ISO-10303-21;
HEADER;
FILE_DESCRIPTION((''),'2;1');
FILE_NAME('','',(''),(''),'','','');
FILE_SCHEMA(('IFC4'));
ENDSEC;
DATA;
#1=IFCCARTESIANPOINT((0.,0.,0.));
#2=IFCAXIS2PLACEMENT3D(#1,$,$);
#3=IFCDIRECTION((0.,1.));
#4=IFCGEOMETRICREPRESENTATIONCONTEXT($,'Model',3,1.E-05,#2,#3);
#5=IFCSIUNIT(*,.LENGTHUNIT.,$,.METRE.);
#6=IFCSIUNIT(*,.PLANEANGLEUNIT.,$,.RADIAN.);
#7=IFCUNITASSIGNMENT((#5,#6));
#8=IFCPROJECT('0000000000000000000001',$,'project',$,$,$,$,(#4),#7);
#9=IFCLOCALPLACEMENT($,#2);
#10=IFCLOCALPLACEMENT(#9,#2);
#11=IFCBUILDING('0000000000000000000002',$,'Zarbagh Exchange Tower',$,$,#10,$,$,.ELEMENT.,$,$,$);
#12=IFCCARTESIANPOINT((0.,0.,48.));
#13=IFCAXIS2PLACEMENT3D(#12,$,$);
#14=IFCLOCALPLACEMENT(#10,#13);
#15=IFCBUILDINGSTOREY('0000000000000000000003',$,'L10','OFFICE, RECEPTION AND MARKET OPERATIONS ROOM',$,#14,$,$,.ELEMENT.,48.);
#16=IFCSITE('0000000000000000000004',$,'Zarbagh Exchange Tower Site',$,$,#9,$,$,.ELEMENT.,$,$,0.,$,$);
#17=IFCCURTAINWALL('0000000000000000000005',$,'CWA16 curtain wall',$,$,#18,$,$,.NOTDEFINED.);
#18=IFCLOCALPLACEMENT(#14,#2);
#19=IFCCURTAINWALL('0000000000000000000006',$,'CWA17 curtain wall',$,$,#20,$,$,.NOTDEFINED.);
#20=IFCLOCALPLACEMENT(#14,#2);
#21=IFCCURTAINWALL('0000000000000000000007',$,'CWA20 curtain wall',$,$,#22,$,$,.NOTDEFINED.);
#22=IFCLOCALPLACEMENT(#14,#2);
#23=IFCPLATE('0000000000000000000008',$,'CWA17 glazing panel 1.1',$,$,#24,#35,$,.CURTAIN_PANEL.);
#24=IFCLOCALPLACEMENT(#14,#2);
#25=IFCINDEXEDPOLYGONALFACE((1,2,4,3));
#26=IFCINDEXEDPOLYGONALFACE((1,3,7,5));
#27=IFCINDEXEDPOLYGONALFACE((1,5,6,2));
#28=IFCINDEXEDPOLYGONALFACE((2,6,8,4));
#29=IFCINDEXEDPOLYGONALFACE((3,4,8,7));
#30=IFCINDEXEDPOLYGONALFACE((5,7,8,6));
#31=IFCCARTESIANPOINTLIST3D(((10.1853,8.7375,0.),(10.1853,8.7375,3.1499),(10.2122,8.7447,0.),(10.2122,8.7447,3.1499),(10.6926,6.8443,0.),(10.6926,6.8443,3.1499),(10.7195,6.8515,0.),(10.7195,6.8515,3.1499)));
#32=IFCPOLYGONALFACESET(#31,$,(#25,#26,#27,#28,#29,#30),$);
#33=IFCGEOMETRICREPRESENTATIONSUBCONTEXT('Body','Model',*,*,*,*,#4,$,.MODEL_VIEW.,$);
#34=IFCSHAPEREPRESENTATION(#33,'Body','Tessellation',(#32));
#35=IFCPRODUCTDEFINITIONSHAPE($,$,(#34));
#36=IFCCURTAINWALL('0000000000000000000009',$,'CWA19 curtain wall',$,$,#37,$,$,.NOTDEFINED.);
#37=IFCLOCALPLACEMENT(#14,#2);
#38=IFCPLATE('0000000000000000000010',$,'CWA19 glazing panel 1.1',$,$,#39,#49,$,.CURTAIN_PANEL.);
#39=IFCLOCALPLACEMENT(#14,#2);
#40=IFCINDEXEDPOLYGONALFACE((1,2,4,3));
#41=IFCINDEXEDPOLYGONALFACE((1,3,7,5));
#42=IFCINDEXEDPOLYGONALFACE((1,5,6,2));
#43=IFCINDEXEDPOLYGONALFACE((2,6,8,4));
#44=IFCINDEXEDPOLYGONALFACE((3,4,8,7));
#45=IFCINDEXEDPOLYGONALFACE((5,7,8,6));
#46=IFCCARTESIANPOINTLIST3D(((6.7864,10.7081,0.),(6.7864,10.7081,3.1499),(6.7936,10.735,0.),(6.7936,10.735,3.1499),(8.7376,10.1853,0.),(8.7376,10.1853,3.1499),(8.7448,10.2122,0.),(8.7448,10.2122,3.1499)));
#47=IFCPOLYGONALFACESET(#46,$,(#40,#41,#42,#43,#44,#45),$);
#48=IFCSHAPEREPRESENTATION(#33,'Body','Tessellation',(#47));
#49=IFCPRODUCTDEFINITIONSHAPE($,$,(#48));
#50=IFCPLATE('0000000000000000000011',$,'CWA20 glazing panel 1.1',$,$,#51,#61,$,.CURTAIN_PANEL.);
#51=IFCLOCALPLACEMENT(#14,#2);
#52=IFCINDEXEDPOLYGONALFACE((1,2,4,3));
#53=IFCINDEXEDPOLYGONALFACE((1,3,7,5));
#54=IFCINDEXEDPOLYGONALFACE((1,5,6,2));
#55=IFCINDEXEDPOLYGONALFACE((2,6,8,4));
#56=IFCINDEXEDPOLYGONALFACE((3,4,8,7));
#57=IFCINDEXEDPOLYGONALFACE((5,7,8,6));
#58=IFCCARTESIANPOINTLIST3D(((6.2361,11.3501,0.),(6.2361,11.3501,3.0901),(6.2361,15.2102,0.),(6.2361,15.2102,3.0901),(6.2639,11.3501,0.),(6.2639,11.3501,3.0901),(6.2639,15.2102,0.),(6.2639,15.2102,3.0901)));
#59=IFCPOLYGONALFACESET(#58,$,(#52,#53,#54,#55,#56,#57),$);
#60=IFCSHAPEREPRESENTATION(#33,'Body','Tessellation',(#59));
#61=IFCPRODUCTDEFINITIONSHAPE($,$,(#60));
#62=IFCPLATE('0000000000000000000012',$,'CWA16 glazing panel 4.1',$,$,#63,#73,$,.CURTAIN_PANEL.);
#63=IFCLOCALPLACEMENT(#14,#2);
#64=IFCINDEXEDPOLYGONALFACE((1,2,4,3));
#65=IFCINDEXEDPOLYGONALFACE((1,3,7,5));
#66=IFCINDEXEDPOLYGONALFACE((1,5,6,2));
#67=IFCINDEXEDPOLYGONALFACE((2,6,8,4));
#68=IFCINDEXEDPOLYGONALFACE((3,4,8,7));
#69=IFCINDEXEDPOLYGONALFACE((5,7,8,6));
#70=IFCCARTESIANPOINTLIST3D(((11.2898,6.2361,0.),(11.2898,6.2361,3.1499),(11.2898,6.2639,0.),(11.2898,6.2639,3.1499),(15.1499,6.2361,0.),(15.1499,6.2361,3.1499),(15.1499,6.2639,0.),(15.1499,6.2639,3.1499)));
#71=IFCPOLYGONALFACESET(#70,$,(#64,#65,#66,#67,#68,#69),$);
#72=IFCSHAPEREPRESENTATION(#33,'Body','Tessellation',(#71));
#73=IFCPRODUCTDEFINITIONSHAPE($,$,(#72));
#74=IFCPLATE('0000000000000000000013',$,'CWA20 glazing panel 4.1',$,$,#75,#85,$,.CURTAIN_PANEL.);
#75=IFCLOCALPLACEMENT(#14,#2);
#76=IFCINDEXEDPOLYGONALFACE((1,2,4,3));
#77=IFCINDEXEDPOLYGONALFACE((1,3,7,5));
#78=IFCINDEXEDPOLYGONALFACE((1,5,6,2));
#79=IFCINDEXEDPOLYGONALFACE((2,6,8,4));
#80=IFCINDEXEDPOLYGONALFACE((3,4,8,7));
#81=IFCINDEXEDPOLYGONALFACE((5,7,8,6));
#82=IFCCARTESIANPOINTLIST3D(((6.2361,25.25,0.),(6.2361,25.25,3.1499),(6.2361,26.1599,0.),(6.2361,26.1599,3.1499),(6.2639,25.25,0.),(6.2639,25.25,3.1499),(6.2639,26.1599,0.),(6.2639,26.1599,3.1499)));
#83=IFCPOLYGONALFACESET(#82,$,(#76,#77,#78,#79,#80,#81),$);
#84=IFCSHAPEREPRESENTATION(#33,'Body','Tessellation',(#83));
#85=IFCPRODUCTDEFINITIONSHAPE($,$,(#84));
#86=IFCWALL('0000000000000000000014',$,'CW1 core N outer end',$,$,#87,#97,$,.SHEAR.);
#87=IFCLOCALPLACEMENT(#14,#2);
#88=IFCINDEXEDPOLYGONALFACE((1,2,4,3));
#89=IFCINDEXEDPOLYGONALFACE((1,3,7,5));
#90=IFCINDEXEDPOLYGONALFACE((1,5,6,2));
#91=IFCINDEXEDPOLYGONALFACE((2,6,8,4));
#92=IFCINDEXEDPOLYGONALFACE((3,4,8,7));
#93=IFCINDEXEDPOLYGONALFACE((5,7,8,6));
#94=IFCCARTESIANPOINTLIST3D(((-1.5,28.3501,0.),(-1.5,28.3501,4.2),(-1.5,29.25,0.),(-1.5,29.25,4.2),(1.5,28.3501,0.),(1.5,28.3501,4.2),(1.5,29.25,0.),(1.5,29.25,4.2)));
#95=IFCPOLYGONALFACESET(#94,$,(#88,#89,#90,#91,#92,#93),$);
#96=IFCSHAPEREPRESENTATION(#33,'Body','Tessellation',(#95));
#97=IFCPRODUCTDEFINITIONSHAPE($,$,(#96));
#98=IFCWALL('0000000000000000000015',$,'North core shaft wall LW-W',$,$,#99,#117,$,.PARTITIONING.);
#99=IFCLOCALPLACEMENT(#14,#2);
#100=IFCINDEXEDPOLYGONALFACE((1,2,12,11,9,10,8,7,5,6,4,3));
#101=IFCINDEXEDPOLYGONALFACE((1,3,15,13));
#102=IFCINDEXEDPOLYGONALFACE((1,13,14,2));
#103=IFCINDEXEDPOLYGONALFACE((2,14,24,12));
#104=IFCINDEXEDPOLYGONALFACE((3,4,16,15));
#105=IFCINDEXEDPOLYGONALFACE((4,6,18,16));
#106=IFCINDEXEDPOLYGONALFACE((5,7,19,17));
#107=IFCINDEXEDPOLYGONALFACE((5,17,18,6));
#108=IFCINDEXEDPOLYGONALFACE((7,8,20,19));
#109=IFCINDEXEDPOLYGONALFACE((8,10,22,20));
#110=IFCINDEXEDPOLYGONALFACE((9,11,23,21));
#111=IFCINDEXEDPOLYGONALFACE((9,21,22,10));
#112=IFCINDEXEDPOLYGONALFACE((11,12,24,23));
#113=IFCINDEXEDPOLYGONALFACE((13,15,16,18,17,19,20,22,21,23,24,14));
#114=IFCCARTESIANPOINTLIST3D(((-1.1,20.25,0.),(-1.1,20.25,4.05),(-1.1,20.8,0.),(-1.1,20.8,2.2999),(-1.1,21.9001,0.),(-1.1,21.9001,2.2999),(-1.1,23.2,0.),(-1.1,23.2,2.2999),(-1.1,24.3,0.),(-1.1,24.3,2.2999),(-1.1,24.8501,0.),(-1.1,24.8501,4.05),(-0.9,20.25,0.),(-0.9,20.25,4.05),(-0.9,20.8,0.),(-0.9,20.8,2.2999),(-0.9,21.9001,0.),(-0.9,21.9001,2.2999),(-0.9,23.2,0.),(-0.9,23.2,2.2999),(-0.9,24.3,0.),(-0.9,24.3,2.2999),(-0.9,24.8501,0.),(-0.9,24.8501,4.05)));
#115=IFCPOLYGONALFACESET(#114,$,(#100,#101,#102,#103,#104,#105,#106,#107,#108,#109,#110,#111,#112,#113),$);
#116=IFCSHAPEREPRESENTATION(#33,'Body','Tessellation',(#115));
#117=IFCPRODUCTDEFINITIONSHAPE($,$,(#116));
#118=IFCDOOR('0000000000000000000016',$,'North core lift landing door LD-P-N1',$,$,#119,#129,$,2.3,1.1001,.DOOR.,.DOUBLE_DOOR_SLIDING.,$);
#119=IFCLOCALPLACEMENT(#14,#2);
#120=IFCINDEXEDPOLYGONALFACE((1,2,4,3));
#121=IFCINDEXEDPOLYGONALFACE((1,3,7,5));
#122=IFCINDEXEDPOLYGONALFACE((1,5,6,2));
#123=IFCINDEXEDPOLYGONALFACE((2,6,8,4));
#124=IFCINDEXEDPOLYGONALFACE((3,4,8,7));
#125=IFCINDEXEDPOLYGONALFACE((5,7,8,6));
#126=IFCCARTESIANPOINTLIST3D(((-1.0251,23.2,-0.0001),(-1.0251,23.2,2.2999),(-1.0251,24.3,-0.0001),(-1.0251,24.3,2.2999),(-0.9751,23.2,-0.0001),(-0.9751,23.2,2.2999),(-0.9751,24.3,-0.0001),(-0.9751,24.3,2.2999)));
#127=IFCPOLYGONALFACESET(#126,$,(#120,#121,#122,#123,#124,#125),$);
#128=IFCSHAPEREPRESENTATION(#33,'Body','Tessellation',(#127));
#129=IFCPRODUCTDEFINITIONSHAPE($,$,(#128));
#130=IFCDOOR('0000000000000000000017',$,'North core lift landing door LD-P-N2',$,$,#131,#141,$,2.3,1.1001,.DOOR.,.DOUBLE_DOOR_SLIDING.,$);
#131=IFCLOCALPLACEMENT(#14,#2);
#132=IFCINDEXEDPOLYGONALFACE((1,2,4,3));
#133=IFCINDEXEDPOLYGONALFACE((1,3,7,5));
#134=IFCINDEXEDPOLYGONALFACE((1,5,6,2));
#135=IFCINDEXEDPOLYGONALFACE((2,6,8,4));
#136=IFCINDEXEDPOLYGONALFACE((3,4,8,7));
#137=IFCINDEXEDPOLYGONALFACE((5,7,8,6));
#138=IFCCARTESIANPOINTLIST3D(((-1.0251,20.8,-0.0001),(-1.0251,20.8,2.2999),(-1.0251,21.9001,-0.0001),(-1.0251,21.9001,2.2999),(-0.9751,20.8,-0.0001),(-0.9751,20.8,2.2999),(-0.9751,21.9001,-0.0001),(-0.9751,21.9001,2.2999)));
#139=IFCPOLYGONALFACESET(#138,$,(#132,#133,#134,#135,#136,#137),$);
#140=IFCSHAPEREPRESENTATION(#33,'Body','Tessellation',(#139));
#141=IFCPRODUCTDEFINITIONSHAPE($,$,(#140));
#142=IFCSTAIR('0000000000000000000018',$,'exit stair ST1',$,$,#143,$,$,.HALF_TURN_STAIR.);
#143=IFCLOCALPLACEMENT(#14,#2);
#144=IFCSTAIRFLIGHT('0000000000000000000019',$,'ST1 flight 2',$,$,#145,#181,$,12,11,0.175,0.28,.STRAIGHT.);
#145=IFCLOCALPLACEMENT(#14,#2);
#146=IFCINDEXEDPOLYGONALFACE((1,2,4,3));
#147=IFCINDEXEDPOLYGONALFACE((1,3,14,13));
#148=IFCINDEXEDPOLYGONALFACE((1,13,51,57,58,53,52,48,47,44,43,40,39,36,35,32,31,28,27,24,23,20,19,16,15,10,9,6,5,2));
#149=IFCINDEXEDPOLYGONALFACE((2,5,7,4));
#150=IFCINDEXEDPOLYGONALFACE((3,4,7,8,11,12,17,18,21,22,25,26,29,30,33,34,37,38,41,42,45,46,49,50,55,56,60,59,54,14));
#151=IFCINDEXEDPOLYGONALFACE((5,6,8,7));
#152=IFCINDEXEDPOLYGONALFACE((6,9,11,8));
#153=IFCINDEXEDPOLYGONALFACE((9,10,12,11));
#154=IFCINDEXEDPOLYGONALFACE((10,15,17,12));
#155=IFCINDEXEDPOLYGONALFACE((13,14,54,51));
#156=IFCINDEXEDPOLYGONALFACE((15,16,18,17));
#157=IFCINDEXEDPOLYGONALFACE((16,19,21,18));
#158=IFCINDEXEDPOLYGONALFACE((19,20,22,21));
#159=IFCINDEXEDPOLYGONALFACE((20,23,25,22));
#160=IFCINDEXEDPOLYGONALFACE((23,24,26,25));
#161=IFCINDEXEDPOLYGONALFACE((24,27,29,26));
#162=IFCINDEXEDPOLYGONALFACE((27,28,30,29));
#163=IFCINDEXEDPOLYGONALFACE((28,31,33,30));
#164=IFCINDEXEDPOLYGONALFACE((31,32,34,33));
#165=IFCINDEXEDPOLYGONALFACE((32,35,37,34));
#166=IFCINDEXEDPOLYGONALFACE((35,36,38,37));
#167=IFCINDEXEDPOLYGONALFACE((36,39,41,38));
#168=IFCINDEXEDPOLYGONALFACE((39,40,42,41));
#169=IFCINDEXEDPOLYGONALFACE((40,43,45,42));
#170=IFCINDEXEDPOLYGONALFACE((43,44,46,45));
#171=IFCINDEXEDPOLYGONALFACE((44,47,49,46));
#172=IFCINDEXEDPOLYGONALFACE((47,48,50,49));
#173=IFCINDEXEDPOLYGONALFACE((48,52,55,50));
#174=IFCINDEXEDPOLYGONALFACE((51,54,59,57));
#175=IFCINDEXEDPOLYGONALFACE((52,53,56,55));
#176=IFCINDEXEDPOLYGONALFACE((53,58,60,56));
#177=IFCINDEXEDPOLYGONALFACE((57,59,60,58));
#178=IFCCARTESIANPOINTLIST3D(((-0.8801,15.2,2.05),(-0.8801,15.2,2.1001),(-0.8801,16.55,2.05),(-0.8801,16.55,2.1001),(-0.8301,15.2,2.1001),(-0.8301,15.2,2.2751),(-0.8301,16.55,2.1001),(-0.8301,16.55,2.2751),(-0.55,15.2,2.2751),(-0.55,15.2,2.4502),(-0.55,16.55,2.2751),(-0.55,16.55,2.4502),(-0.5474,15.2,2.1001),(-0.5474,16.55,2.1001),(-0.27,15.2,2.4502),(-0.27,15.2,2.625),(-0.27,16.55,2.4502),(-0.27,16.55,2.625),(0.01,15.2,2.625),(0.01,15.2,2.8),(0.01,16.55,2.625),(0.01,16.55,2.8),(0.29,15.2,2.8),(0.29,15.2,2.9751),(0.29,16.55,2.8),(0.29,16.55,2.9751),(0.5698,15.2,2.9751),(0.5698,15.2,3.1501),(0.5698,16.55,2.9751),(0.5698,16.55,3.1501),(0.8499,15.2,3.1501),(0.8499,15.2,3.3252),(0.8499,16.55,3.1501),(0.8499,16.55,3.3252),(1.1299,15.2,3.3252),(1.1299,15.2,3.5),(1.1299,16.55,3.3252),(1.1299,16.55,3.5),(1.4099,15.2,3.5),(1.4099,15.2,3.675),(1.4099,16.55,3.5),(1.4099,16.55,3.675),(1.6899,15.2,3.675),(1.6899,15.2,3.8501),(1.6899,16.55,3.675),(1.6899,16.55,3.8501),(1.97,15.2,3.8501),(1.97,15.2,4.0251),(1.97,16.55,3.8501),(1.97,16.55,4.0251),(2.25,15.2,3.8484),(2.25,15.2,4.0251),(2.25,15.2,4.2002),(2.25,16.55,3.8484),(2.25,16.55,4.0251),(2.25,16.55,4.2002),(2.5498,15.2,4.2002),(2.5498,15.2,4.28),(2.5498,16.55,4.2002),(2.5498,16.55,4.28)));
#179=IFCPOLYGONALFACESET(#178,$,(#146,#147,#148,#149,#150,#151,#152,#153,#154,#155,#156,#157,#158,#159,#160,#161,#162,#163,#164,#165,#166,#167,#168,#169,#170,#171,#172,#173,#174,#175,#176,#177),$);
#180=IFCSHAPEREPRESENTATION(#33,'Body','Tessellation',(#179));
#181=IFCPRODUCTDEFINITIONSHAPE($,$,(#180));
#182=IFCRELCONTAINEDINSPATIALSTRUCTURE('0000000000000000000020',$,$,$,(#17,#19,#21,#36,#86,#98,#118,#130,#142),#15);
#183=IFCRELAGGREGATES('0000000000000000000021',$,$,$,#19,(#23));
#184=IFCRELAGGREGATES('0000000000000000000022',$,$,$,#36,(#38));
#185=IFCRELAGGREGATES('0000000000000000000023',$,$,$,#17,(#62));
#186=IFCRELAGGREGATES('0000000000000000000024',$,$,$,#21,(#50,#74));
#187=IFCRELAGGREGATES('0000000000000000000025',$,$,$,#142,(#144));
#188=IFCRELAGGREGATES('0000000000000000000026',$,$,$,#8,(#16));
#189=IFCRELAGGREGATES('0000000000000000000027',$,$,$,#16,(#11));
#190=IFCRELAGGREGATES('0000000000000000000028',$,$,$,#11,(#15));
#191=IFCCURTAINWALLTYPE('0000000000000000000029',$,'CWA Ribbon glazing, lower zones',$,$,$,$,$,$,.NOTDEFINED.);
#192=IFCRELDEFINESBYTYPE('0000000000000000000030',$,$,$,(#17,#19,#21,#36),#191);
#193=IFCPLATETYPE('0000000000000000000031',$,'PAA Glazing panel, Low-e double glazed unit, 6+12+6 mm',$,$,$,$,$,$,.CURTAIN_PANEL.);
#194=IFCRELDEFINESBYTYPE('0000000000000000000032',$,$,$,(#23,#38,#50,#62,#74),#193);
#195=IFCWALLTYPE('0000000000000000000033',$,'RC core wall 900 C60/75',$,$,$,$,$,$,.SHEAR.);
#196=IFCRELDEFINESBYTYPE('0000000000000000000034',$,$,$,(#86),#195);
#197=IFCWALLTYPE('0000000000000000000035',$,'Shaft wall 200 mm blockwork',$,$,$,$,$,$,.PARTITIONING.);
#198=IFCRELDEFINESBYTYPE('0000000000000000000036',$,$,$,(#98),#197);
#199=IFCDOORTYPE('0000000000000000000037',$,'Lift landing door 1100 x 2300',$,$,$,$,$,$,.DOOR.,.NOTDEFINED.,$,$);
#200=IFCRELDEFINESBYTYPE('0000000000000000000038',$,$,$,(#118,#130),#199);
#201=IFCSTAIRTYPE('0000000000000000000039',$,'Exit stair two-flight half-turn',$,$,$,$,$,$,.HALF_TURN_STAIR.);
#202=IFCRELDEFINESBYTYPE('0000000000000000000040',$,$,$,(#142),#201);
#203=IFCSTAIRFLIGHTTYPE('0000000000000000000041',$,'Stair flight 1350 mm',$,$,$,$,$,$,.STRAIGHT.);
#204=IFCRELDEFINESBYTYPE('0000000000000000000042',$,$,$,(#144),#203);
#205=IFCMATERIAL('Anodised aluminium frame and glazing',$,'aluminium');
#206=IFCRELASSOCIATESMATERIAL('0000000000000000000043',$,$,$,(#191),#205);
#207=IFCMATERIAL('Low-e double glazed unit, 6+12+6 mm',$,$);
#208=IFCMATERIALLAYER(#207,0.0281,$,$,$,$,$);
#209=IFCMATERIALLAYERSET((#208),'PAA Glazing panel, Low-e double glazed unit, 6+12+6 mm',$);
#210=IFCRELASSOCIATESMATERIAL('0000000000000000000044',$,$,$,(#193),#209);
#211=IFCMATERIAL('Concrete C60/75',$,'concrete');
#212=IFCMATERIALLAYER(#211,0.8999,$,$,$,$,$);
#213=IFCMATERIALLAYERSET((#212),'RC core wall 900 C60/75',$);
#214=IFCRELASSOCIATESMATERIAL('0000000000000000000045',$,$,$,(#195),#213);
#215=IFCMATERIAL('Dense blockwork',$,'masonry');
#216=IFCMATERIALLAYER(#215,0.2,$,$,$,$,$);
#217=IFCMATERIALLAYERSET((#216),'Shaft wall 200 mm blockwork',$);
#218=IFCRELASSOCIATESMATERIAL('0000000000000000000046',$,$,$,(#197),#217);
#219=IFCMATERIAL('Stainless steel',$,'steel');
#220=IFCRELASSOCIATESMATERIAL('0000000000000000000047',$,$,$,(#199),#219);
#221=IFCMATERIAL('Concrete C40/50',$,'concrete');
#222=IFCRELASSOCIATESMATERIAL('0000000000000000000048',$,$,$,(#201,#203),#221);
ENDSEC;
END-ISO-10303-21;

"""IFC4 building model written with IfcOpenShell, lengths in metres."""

from ifc_helpers import new_model, si_unit, direction, frame, frame_2d, origin, place, context, subcontext, project, spatial, polyline, rectangle, outline, extrude, source, transform, mapped, material, layer, layer_set, type_object, element, fill, aggregate, save


model = new_model("IFC4")

# Units and contexts
model_context = context("Model", 3, precision=1e-05, world=origin(), true_north=direction((0.0, 1.0)))
body_context = subcontext(model_context, "Body", "Model", "MODEL_VIEW")
ifc_project = project(units=[si_unit("LENGTHUNIT", "METRE"), si_unit("PLANEANGLEUNIT", "RADIAN")], contexts=[model_context])

# Site, building, storey
site_placement = place(None, origin())
site = spatial("IfcSite", under=ifc_project, at=site_placement, Name="Zarbagh Exchange Tower Site", CompositionType="ELEMENT", RefElevation=0.0)
building_placement = place(site_placement, origin())
building = spatial("IfcBuilding", under=site, at=building_placement, Name="Zarbagh Exchange Tower", CompositionType="ELEMENT")
storey_placement = place(building_placement, frame((0.0, 0.0, 48.0)))
storey = spatial("IfcBuildingStorey", under=building, at=storey_placement, Name="L10", Description="OFFICE, RECEPTION AND MARKET OPERATIONS ROOM", CompositionType="ELEMENT", Elevation=48.0)

# Curtain wall
ifc_material_1 = material(Name="Anodised aluminium frame and glazing", Category="aluminium")
curtain_wall_type = type_object("IfcCurtainWallType", Name="CWA Ribbon glazing, lower zones", PredefinedType="NOTDEFINED", material=ifc_material_1)
curtain_wall_1_placement = place(storey_placement, origin())
curtain_wall_1 = element("IfcCurtainWall", 1, at=curtain_wall_1_placement, inside=storey, type_object=curtain_wall_type, Name="CWA16 curtain wall", PredefinedType="NOTDEFINED")
placement = place(storey_placement, origin())

# Curtain wall
curtain_wall_2_placement = place(storey_placement, origin())
curtain_wall_2 = element("IfcCurtainWall", 2, at=curtain_wall_2_placement, inside=storey, type_object=curtain_wall_type, Name="CWA17 curtain wall", PredefinedType="NOTDEFINED")

# Curtain wall
curtain_wall_3_placement = place(storey_placement, origin())
curtain_wall_3 = element("IfcCurtainWall", 3, at=curtain_wall_3_placement, inside=storey, type_object=curtain_wall_type, Name="CWA20 curtain wall", PredefinedType="NOTDEFINED")

# Shared definitions
ifc_material_2 = material(Name="Low-e double glazed unit, 6+12+6 mm")
ifc_layer_1 = layer(ifc_material_2, 0.0281)
ifc_layer_set_1 = layer_set([ifc_layer_1], Name="PAA Glazing panel, Low-e double glazed unit, 6+12+6 mm")
plate_type = type_object("IfcPlateType", Name="PAA Glazing panel, Low-e double glazed unit, 6+12+6 mm", PredefinedType="CURTAIN_PANEL", material=ifc_layer_set_1)

# Plate
shared_shape_1 = source(origin(), body_context, "Body", "SweptSolid", [
    extrude(outline(polyline([(0.0, -0.0139), (1.96, -0.0139), (1.96, 0.0139), (0.0, 0.0139), (0.0, -0.0139)])), origin(), (0.0, 0.0, 1.0), 3.1499),
])
plate_1 = element("IfcPlate", 4, at=placement, type_object=plate_type, Name="CWA17 glazing panel 1.1", PredefinedType="CURTAIN_PANEL", context=body_context, shape_type="MappedRepresentation", body=[
    mapped(shared_shape_1, transform((10.7061, 6.8479, 0.0), x_axis=(-0.258825, 0.965924, 0.0), y_axis=(-0.965924, -0.258825, 0.0), z_axis=(0.0, 0.0, 1.0))),
])
aggregate(curtain_wall_2, [plate_1])

# Curtain wall, plate
curtain_wall_4_placement = place(storey_placement, origin())
curtain_wall_4 = element("IfcCurtainWall", 5, at=curtain_wall_4_placement, inside=storey, type_object=curtain_wall_type, Name="CWA19 curtain wall", PredefinedType="NOTDEFINED")
shared_shape_2 = source(origin(), body_context, "Body", "SweptSolid", [
    extrude(outline(polyline([(0.0, -0.0139), (2.02, -0.0139), (2.02, 0.0139), (0.0, 0.0139), (0.0, -0.0139)])), origin(), (0.0, 0.0, 1.0), 3.1499),
])
plate_2 = element("IfcPlate", 6, at=placement, type_object=plate_type, Name="CWA19 glazing panel 1.1", PredefinedType="CURTAIN_PANEL", context=body_context, shape_type="MappedRepresentation", body=[
    mapped(shared_shape_2, transform((8.7412, 10.1987, 0.0), x_axis=(-0.965924, 0.258825, 0.0), y_axis=(-0.258825, -0.965924, 0.0), z_axis=(0.0, 0.0, 1.0))),
])
aggregate(curtain_wall_4, [plate_2])

# Plates
shared_shape_3 = source(origin(), body_context, "Body", "SweptSolid", [
    extrude(outline(polyline([(0.0, -0.0139), (3.8601, -0.0139), (3.8601, 0.0139), (0.0, 0.0139), (0.0, -0.0139)])), origin(), (0.0, 0.0, 1.0), 3.0901),
])
plate_3 = element("IfcPlate", 7, at=placement, type_object=plate_type, Name="CWA20 glazing panel 1.1", PredefinedType="CURTAIN_PANEL", context=body_context, shape_type="MappedRepresentation", body=[
    mapped(shared_shape_3, transform((6.25, 11.3501, 0.0), x_axis=(0.0, 1.0, 0.0), y_axis=(-1.0, 0.0, 0.0), z_axis=(0.0, 0.0, 1.0))),
])
shared_shape_4 = source(origin(), body_context, "Body", "SweptSolid", [
    extrude(outline(polyline([(0.0, -0.0139), (3.8601, -0.0139), (3.8601, 0.0139), (0.0, 0.0139), (0.0, -0.0139)])), origin(), (0.0, 0.0, 1.0), 3.1499),
])
plate_4 = element("IfcPlate", 8, at=placement, type_object=plate_type, Name="CWA16 glazing panel 4.1", PredefinedType="CURTAIN_PANEL", context=body_context, shape_type="MappedRepresentation", body=[
    mapped(shared_shape_4, transform((15.1499, 6.25, 0.0), x_axis=(-1.0, 0.0, 0.0), y_axis=(0.0, -1.0, 0.0), z_axis=(0.0, 0.0, 1.0))),
])
aggregate(curtain_wall_1, [plate_4])
shared_shape_5 = source(origin(), body_context, "Body", "SweptSolid", [
    extrude(outline(polyline([(0.0, -0.0139), (0.9099, -0.0139), (0.9099, 0.0139), (0.0, 0.0139), (0.0, -0.0139)])), origin(), (0.0, 0.0, 1.0), 3.1499),
])
plate_5 = element("IfcPlate", 9, at=placement, type_object=plate_type, Name="CWA20 glazing panel 4.1", PredefinedType="CURTAIN_PANEL", context=body_context, shape_type="MappedRepresentation", body=[
    mapped(shared_shape_5, transform((6.25, 25.25, 0.0), x_axis=(0.0, 1.0, 0.0), y_axis=(-1.0, 0.0, 0.0), z_axis=(0.0, 0.0, 1.0))),
])
aggregate(curtain_wall_3, [plate_3, plate_5])

# Wall
ifc_material_3 = material(Name="Concrete C60/75", Category="concrete")
ifc_layer_2 = layer(ifc_material_3, 0.8999)
ifc_layer_set_2 = layer_set([ifc_layer_2], Name="RC core wall 900 C60/75")
wall_type_1 = type_object("IfcWallType", Name="RC core wall 900 C60/75", PredefinedType="SHEAR", material=ifc_layer_set_2)
wall_1_placement = place(storey_placement, frame((-1.5, 28.8, 0.0), z_axis=(0.0, 0.0, 1.0), x_axis=(1.0, 0.0, 0.0)))
element("IfcWall", 10, at=wall_1_placement, inside=storey, type_object=wall_type_1, Name="CW1 core N outer end", PredefinedType="SHEAR", context=body_context, shape_type="SweptSolid", body=[
    extrude(rectangle(XDim=3.0, YDim=0.8999, at=frame_2d((1.5, 0.0))), origin(), (0.0, 0.0, 1.0), 4.2),
])

# Wall, openings, doors
ifc_material_4 = material(Name="Dense blockwork", Category="masonry")
ifc_layer_3 = layer(ifc_material_4, 0.2)
ifc_layer_set_3 = layer_set([ifc_layer_3], Name="Shaft wall 200 mm blockwork")
wall_type_2 = type_object("IfcWallType", Name="Shaft wall 200 mm blockwork", PredefinedType="PARTITIONING", material=ifc_layer_set_3)
wall_2_placement = place(storey_placement, frame((-1.0, 24.8501, 0.0), z_axis=(0.0, 0.0, 1.0), x_axis=(0.0, -1.0, 0.0)))
wall_2 = element("IfcWall", 11, at=wall_2_placement, inside=storey, type_object=wall_type_2, Name="North core shaft wall LW-W", PredefinedType="PARTITIONING", context=body_context, shape_type="SweptSolid", body=[
    extrude(rectangle(XDim=4.6001, YDim=0.2, at=frame_2d((2.3, 0.0))), origin(), (0.0, 0.0, 1.0), 4.05),
])
opening_1_placement = place(wall_2_placement, frame((0.55, 0.0, 0.0)))
opening_1 = element("IfcOpeningElement", 12, at=opening_1_placement, cuts=wall_2, PredefinedType="OPENING", context=body_context, shape_type="SweptSolid", body=[
    extrude(rectangle(XDim=1.1001, YDim=2.3, at=frame_2d((0.55, 1.1499))), frame((0.0, 0.1099, 0.0), z_axis=(0.0, -1.0, 0.0), x_axis=(1.0, 0.0, 0.0)), (0.0, 0.0, 1.0), 0.22),
])
opening_2_placement = place(wall_2_placement, frame((2.95, 0.0, 0.0)))
opening_2 = element("IfcOpeningElement", 13, at=opening_2_placement, cuts=wall_2, PredefinedType="OPENING", context=body_context, shape_type="SweptSolid", body=[
    extrude(rectangle(XDim=1.1001, YDim=2.3, at=frame_2d((0.55, 1.1499))), frame((0.0, 0.1099, 0.0), z_axis=(0.0, -1.0, 0.0), x_axis=(1.0, 0.0, 0.0)), (0.0, 0.0, 1.0), 0.22),
])
ifc_material_5 = material(Name="Stainless steel", Category="steel")
door_type = type_object("IfcDoorType", Name="Lift landing door 1100 x 2300", OperationType="NOTDEFINED", PredefinedType="DOOR", material=ifc_material_5)
door_1_placement = place(opening_1_placement, origin())
door_1 = element("IfcDoor", 14, at=door_1_placement, inside=storey, type_object=door_type, Name="North core lift landing door LD-P-N1", OperationType="DOUBLE_DOOR_SLIDING", OverallHeight=2.3, OverallWidth=1.1001, PredefinedType="DOOR", context=body_context, shape_type="SweptSolid", body=[
    extrude(rectangle(XDim=1.1001, YDim=2.3, at=frame_2d((0.55, 1.1499))), frame((0.0, 0.0249, 0.0), z_axis=(0.0, -1.0, 0.0), x_axis=(1.0, 0.0, 0.0)), (0.0, 0.0, 1.0), 0.05),
])
fill(opening_1, door_1)
door_2_placement = place(opening_2_placement, origin())
door_2 = element("IfcDoor", 15, at=door_2_placement, inside=storey, type_object=door_type, Name="North core lift landing door LD-P-N2", OperationType="DOUBLE_DOOR_SLIDING", OverallHeight=2.3, OverallWidth=1.1001, PredefinedType="DOOR", context=body_context, shape_type="SweptSolid", body=[
    extrude(rectangle(XDim=1.1001, YDim=2.3, at=frame_2d((0.55, 1.1499))), frame((0.0, 0.0249, 0.0), z_axis=(0.0, -1.0, 0.0), x_axis=(1.0, 0.0, 0.0)), (0.0, 0.0, 1.0), 0.05),
])
fill(opening_2, door_2)

# Stair, stair flight
ifc_material_6 = material(Name="Concrete C40/50", Category="concrete")
stair_type = type_object("IfcStairType", Name="Exit stair two-flight half-turn", PredefinedType="HALF_TURN_STAIR", material=ifc_material_6)
stair_placement = place(storey_placement, origin())
stair = element("IfcStair", 16, at=stair_placement, inside=storey, type_object=stair_type, Name="exit stair ST1", PredefinedType="HALF_TURN_STAIR")
stair_flight_type = type_object("IfcStairFlightType", Name="Stair flight 1350 mm", PredefinedType="STRAIGHT", material=ifc_material_6)
stair_flight_placement = place(storey_placement, frame((-0.8301, 15.875, 2.1001), z_axis=(0.0, 0.0, 1.0), x_axis=(1.0, 0.0, 0.0)))
stair_flight = element("IfcStairFlight", 17, at=stair_flight_placement, type_object=stair_flight_type, Name="ST1 flight 2", NumberOfRisers=12, NumberOfTreads=11, PredefinedType="STRAIGHT", RiserHeight=0.175, TreadLength=0.28, context=body_context, shape_type="SweptSolid", body=[
    extrude(outline(polyline([(-0.05, -0.05), (-0.05, 0.0), (0.0, 0.0), (0.0, 0.175), (0.28, 0.175), (0.28, 0.3501), (0.5601, 0.3501), (0.5601, 0.5249), (0.8401, 0.5249), (0.8401, 0.7), (1.1201, 0.7), (1.1201, 0.875), (1.3999, 0.875), (1.3999, 1.05), (1.6799, 1.05), (1.6799, 1.2251), (1.96, 1.2251), (1.96, 1.3999), (2.24, 1.3999), (2.24, 1.575), (2.52, 1.575), (2.52, 1.75), (2.8, 1.75), (2.8, 1.925), (3.0801, 1.925), (3.0801, 2.1001), (3.3799, 2.1799), (3.3799, 2.1001), (3.0801, 1.7483), (0.2827, 0.0), (-0.05, -0.05)])), frame((0.0, 0.675, 0.0), z_axis=(0.0, -1.0, 0.0), x_axis=(1.0, 0.0, 0.0)), (0.0, 0.0, 1.0), 1.3501),
])
aggregate(stair, [stair_flight])

save(model, "model.ifc")
